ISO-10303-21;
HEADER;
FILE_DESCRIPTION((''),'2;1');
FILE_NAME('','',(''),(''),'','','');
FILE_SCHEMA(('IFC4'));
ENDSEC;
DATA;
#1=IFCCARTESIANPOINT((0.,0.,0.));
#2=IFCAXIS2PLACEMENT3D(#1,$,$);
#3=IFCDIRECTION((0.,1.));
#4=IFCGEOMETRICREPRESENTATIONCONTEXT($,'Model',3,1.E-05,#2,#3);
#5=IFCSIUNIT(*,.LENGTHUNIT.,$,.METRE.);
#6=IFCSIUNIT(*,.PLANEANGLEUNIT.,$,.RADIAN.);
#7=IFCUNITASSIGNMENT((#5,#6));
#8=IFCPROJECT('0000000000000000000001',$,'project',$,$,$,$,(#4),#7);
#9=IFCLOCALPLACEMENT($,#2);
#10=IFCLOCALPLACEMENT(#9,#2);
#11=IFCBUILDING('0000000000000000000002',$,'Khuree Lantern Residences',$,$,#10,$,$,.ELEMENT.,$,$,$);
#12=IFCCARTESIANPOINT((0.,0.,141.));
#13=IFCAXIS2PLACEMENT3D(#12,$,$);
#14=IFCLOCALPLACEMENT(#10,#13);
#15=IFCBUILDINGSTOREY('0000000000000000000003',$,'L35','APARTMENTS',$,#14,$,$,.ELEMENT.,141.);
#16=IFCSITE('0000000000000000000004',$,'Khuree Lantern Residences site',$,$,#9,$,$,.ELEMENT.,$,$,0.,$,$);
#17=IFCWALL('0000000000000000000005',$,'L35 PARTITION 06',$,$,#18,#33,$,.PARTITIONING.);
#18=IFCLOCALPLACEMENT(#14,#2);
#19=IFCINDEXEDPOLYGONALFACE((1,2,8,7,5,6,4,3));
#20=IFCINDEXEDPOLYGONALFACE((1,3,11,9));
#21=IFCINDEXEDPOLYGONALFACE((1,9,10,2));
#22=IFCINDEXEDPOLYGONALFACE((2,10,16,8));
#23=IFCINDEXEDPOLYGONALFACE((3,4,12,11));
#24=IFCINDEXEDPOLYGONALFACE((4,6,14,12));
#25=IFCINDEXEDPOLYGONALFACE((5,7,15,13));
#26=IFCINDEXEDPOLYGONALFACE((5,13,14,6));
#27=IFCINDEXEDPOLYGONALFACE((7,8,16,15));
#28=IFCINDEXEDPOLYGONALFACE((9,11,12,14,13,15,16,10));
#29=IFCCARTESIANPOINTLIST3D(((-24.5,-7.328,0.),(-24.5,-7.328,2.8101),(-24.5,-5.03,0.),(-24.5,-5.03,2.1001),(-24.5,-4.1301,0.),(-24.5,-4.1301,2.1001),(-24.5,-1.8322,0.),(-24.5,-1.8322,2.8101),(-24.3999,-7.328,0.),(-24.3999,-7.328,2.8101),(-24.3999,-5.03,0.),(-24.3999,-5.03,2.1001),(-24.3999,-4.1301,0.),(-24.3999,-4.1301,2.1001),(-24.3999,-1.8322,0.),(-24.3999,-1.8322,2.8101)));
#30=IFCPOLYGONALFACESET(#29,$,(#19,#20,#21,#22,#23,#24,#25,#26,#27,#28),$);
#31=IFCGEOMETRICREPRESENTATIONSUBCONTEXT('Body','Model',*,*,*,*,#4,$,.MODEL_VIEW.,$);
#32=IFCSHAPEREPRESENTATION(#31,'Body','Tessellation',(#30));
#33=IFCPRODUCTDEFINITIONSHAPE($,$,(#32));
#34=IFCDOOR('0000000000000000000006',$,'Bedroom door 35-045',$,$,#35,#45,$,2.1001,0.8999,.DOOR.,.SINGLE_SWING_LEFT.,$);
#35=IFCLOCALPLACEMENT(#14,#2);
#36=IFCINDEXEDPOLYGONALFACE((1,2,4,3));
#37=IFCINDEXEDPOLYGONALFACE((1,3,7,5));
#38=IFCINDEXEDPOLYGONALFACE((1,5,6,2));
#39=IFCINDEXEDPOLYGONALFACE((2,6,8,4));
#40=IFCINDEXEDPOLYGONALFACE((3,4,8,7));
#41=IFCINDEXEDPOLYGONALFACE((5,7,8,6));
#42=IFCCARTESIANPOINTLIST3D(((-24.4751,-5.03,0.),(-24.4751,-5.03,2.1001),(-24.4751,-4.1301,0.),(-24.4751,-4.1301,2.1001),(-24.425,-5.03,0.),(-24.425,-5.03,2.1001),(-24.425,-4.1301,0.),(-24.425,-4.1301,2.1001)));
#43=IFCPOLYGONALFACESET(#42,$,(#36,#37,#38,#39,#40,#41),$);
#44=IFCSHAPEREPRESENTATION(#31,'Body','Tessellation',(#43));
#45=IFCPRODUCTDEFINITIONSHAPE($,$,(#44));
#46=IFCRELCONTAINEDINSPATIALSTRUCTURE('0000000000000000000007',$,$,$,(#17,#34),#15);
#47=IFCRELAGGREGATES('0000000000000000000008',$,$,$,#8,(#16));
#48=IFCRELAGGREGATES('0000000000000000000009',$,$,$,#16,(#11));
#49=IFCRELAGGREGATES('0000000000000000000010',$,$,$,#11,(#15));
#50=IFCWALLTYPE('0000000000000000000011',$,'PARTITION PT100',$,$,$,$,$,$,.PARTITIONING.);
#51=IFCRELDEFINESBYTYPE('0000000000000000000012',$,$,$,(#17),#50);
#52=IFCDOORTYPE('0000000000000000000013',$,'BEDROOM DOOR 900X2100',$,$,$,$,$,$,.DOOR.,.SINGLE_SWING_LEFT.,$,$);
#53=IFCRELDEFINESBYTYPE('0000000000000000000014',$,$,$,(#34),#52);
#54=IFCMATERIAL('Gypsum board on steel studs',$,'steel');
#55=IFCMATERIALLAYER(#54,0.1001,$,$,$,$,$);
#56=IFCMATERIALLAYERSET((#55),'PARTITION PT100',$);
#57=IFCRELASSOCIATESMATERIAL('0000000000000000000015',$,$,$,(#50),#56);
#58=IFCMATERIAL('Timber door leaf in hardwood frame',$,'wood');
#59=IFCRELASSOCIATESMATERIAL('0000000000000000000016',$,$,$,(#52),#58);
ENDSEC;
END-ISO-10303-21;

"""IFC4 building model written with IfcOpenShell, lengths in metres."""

from ifc_helpers import new_model, si_unit, direction, frame, frame_2d, origin, place, context, subcontext, project, spatial, rectangle, extrude, material, layer, layer_set, type_object, element, fill, save


model = new_model("IFC4")

# Units and contexts
model_context = context("Model", 3, precision=1e-05, world=origin(), true_north=direction((0.0, 1.0)))
body_context = subcontext(model_context, "Body", "Model", "MODEL_VIEW")
ifc_project = project(units=[si_unit("LENGTHUNIT", "METRE"), si_unit("PLANEANGLEUNIT", "RADIAN")], contexts=[model_context])

# Site, building, storey
site_placement = place(None, origin())
site = spatial("IfcSite", under=ifc_project, at=site_placement, Name="Khuree Lantern Residences site", CompositionType="ELEMENT", RefElevation=0.0)
building_placement = place(site_placement, origin())
building = spatial("IfcBuilding", under=site, at=building_placement, Name="Khuree Lantern Residences", CompositionType="ELEMENT")
storey_placement = place(building_placement, frame((0.0, 0.0, 141.0)))
storey = spatial("IfcBuildingStorey", under=building, at=storey_placement, Name="L35", Description="APARTMENTS", CompositionType="ELEMENT", Elevation=141.0)

# Shared definitions
ifc_material_1 = material(Name="Timber door leaf in hardwood frame", Category="wood")

# Shared definitions
ifc_material_2 = material(Name="Gypsum board on steel studs", Category="steel")
ifc_layer_1 = layer(ifc_material_2, 0.1001)
ifc_layer_set_1 = layer_set([ifc_layer_1], Name="PARTITION PT100")
wall_type_1 = type_object("IfcWallType", Name="PARTITION PT100", PredefinedType="PARTITIONING", material=ifc_layer_set_1)

# Wall, opening, door
wall_1_placement = place(storey_placement, frame((-24.45, -1.832, 0.0), z_axis=(0.0, 0.0, 1.0), x_axis=(0.0, -1.0, 0.0)))
wall_1 = element("IfcWall", 1, at=wall_1_placement, inside=storey, type_object=wall_type_1, Name="L35 PARTITION 06", PredefinedType="PARTITIONING", context=body_context, shape_type="SweptSolid", body=[
    extrude(rectangle(XDim=5.4958, YDim=0.1001, at=frame_2d((2.748, 0.0))), origin(), (0.0, 0.0, 1.0), 2.8101),
])
opening_1_placement = place(wall_1_placement, frame((2.2981, 0.0, 0.0)))
opening_1 = element("IfcOpeningElement", 2, at=opening_1_placement, cuts=wall_1, PredefinedType="OPENING", context=body_context, shape_type="SweptSolid", body=[
    extrude(rectangle(XDim=0.8999, YDim=2.1001, at=frame_2d((0.45, 1.05))), frame((0.0, 0.0601, 0.0), z_axis=(0.0, -1.0, 0.0), x_axis=(1.0, 0.0, 0.0)), (0.0, 0.0, 1.0), 0.1201),
])
door_type_1 = type_object("IfcDoorType", Name="BEDROOM DOOR 900X2100", OperationType="SINGLE_SWING_LEFT", PredefinedType="DOOR", material=ifc_material_1)
door_1_placement = place(opening_1_placement, origin())
door_1 = element("IfcDoor", 3, at=door_1_placement, inside=storey, type_object=door_type_1, Name="Bedroom door 35-045", OperationType="SINGLE_SWING_LEFT", OverallHeight=2.1001, OverallWidth=0.8999, PredefinedType="DOOR", context=body_context, shape_type="SweptSolid", body=[
    extrude(rectangle(XDim=0.8999, YDim=2.1001, at=frame_2d((0.45, 1.05))), frame((0.0, 0.0249, 0.0), z_axis=(0.0, -1.0, 0.0), x_axis=(1.0, 0.0, 0.0)), (0.0, 0.0, 1.0), 0.05),
])
fill(opening_1, door_1)

save(model, "model.ifc")
